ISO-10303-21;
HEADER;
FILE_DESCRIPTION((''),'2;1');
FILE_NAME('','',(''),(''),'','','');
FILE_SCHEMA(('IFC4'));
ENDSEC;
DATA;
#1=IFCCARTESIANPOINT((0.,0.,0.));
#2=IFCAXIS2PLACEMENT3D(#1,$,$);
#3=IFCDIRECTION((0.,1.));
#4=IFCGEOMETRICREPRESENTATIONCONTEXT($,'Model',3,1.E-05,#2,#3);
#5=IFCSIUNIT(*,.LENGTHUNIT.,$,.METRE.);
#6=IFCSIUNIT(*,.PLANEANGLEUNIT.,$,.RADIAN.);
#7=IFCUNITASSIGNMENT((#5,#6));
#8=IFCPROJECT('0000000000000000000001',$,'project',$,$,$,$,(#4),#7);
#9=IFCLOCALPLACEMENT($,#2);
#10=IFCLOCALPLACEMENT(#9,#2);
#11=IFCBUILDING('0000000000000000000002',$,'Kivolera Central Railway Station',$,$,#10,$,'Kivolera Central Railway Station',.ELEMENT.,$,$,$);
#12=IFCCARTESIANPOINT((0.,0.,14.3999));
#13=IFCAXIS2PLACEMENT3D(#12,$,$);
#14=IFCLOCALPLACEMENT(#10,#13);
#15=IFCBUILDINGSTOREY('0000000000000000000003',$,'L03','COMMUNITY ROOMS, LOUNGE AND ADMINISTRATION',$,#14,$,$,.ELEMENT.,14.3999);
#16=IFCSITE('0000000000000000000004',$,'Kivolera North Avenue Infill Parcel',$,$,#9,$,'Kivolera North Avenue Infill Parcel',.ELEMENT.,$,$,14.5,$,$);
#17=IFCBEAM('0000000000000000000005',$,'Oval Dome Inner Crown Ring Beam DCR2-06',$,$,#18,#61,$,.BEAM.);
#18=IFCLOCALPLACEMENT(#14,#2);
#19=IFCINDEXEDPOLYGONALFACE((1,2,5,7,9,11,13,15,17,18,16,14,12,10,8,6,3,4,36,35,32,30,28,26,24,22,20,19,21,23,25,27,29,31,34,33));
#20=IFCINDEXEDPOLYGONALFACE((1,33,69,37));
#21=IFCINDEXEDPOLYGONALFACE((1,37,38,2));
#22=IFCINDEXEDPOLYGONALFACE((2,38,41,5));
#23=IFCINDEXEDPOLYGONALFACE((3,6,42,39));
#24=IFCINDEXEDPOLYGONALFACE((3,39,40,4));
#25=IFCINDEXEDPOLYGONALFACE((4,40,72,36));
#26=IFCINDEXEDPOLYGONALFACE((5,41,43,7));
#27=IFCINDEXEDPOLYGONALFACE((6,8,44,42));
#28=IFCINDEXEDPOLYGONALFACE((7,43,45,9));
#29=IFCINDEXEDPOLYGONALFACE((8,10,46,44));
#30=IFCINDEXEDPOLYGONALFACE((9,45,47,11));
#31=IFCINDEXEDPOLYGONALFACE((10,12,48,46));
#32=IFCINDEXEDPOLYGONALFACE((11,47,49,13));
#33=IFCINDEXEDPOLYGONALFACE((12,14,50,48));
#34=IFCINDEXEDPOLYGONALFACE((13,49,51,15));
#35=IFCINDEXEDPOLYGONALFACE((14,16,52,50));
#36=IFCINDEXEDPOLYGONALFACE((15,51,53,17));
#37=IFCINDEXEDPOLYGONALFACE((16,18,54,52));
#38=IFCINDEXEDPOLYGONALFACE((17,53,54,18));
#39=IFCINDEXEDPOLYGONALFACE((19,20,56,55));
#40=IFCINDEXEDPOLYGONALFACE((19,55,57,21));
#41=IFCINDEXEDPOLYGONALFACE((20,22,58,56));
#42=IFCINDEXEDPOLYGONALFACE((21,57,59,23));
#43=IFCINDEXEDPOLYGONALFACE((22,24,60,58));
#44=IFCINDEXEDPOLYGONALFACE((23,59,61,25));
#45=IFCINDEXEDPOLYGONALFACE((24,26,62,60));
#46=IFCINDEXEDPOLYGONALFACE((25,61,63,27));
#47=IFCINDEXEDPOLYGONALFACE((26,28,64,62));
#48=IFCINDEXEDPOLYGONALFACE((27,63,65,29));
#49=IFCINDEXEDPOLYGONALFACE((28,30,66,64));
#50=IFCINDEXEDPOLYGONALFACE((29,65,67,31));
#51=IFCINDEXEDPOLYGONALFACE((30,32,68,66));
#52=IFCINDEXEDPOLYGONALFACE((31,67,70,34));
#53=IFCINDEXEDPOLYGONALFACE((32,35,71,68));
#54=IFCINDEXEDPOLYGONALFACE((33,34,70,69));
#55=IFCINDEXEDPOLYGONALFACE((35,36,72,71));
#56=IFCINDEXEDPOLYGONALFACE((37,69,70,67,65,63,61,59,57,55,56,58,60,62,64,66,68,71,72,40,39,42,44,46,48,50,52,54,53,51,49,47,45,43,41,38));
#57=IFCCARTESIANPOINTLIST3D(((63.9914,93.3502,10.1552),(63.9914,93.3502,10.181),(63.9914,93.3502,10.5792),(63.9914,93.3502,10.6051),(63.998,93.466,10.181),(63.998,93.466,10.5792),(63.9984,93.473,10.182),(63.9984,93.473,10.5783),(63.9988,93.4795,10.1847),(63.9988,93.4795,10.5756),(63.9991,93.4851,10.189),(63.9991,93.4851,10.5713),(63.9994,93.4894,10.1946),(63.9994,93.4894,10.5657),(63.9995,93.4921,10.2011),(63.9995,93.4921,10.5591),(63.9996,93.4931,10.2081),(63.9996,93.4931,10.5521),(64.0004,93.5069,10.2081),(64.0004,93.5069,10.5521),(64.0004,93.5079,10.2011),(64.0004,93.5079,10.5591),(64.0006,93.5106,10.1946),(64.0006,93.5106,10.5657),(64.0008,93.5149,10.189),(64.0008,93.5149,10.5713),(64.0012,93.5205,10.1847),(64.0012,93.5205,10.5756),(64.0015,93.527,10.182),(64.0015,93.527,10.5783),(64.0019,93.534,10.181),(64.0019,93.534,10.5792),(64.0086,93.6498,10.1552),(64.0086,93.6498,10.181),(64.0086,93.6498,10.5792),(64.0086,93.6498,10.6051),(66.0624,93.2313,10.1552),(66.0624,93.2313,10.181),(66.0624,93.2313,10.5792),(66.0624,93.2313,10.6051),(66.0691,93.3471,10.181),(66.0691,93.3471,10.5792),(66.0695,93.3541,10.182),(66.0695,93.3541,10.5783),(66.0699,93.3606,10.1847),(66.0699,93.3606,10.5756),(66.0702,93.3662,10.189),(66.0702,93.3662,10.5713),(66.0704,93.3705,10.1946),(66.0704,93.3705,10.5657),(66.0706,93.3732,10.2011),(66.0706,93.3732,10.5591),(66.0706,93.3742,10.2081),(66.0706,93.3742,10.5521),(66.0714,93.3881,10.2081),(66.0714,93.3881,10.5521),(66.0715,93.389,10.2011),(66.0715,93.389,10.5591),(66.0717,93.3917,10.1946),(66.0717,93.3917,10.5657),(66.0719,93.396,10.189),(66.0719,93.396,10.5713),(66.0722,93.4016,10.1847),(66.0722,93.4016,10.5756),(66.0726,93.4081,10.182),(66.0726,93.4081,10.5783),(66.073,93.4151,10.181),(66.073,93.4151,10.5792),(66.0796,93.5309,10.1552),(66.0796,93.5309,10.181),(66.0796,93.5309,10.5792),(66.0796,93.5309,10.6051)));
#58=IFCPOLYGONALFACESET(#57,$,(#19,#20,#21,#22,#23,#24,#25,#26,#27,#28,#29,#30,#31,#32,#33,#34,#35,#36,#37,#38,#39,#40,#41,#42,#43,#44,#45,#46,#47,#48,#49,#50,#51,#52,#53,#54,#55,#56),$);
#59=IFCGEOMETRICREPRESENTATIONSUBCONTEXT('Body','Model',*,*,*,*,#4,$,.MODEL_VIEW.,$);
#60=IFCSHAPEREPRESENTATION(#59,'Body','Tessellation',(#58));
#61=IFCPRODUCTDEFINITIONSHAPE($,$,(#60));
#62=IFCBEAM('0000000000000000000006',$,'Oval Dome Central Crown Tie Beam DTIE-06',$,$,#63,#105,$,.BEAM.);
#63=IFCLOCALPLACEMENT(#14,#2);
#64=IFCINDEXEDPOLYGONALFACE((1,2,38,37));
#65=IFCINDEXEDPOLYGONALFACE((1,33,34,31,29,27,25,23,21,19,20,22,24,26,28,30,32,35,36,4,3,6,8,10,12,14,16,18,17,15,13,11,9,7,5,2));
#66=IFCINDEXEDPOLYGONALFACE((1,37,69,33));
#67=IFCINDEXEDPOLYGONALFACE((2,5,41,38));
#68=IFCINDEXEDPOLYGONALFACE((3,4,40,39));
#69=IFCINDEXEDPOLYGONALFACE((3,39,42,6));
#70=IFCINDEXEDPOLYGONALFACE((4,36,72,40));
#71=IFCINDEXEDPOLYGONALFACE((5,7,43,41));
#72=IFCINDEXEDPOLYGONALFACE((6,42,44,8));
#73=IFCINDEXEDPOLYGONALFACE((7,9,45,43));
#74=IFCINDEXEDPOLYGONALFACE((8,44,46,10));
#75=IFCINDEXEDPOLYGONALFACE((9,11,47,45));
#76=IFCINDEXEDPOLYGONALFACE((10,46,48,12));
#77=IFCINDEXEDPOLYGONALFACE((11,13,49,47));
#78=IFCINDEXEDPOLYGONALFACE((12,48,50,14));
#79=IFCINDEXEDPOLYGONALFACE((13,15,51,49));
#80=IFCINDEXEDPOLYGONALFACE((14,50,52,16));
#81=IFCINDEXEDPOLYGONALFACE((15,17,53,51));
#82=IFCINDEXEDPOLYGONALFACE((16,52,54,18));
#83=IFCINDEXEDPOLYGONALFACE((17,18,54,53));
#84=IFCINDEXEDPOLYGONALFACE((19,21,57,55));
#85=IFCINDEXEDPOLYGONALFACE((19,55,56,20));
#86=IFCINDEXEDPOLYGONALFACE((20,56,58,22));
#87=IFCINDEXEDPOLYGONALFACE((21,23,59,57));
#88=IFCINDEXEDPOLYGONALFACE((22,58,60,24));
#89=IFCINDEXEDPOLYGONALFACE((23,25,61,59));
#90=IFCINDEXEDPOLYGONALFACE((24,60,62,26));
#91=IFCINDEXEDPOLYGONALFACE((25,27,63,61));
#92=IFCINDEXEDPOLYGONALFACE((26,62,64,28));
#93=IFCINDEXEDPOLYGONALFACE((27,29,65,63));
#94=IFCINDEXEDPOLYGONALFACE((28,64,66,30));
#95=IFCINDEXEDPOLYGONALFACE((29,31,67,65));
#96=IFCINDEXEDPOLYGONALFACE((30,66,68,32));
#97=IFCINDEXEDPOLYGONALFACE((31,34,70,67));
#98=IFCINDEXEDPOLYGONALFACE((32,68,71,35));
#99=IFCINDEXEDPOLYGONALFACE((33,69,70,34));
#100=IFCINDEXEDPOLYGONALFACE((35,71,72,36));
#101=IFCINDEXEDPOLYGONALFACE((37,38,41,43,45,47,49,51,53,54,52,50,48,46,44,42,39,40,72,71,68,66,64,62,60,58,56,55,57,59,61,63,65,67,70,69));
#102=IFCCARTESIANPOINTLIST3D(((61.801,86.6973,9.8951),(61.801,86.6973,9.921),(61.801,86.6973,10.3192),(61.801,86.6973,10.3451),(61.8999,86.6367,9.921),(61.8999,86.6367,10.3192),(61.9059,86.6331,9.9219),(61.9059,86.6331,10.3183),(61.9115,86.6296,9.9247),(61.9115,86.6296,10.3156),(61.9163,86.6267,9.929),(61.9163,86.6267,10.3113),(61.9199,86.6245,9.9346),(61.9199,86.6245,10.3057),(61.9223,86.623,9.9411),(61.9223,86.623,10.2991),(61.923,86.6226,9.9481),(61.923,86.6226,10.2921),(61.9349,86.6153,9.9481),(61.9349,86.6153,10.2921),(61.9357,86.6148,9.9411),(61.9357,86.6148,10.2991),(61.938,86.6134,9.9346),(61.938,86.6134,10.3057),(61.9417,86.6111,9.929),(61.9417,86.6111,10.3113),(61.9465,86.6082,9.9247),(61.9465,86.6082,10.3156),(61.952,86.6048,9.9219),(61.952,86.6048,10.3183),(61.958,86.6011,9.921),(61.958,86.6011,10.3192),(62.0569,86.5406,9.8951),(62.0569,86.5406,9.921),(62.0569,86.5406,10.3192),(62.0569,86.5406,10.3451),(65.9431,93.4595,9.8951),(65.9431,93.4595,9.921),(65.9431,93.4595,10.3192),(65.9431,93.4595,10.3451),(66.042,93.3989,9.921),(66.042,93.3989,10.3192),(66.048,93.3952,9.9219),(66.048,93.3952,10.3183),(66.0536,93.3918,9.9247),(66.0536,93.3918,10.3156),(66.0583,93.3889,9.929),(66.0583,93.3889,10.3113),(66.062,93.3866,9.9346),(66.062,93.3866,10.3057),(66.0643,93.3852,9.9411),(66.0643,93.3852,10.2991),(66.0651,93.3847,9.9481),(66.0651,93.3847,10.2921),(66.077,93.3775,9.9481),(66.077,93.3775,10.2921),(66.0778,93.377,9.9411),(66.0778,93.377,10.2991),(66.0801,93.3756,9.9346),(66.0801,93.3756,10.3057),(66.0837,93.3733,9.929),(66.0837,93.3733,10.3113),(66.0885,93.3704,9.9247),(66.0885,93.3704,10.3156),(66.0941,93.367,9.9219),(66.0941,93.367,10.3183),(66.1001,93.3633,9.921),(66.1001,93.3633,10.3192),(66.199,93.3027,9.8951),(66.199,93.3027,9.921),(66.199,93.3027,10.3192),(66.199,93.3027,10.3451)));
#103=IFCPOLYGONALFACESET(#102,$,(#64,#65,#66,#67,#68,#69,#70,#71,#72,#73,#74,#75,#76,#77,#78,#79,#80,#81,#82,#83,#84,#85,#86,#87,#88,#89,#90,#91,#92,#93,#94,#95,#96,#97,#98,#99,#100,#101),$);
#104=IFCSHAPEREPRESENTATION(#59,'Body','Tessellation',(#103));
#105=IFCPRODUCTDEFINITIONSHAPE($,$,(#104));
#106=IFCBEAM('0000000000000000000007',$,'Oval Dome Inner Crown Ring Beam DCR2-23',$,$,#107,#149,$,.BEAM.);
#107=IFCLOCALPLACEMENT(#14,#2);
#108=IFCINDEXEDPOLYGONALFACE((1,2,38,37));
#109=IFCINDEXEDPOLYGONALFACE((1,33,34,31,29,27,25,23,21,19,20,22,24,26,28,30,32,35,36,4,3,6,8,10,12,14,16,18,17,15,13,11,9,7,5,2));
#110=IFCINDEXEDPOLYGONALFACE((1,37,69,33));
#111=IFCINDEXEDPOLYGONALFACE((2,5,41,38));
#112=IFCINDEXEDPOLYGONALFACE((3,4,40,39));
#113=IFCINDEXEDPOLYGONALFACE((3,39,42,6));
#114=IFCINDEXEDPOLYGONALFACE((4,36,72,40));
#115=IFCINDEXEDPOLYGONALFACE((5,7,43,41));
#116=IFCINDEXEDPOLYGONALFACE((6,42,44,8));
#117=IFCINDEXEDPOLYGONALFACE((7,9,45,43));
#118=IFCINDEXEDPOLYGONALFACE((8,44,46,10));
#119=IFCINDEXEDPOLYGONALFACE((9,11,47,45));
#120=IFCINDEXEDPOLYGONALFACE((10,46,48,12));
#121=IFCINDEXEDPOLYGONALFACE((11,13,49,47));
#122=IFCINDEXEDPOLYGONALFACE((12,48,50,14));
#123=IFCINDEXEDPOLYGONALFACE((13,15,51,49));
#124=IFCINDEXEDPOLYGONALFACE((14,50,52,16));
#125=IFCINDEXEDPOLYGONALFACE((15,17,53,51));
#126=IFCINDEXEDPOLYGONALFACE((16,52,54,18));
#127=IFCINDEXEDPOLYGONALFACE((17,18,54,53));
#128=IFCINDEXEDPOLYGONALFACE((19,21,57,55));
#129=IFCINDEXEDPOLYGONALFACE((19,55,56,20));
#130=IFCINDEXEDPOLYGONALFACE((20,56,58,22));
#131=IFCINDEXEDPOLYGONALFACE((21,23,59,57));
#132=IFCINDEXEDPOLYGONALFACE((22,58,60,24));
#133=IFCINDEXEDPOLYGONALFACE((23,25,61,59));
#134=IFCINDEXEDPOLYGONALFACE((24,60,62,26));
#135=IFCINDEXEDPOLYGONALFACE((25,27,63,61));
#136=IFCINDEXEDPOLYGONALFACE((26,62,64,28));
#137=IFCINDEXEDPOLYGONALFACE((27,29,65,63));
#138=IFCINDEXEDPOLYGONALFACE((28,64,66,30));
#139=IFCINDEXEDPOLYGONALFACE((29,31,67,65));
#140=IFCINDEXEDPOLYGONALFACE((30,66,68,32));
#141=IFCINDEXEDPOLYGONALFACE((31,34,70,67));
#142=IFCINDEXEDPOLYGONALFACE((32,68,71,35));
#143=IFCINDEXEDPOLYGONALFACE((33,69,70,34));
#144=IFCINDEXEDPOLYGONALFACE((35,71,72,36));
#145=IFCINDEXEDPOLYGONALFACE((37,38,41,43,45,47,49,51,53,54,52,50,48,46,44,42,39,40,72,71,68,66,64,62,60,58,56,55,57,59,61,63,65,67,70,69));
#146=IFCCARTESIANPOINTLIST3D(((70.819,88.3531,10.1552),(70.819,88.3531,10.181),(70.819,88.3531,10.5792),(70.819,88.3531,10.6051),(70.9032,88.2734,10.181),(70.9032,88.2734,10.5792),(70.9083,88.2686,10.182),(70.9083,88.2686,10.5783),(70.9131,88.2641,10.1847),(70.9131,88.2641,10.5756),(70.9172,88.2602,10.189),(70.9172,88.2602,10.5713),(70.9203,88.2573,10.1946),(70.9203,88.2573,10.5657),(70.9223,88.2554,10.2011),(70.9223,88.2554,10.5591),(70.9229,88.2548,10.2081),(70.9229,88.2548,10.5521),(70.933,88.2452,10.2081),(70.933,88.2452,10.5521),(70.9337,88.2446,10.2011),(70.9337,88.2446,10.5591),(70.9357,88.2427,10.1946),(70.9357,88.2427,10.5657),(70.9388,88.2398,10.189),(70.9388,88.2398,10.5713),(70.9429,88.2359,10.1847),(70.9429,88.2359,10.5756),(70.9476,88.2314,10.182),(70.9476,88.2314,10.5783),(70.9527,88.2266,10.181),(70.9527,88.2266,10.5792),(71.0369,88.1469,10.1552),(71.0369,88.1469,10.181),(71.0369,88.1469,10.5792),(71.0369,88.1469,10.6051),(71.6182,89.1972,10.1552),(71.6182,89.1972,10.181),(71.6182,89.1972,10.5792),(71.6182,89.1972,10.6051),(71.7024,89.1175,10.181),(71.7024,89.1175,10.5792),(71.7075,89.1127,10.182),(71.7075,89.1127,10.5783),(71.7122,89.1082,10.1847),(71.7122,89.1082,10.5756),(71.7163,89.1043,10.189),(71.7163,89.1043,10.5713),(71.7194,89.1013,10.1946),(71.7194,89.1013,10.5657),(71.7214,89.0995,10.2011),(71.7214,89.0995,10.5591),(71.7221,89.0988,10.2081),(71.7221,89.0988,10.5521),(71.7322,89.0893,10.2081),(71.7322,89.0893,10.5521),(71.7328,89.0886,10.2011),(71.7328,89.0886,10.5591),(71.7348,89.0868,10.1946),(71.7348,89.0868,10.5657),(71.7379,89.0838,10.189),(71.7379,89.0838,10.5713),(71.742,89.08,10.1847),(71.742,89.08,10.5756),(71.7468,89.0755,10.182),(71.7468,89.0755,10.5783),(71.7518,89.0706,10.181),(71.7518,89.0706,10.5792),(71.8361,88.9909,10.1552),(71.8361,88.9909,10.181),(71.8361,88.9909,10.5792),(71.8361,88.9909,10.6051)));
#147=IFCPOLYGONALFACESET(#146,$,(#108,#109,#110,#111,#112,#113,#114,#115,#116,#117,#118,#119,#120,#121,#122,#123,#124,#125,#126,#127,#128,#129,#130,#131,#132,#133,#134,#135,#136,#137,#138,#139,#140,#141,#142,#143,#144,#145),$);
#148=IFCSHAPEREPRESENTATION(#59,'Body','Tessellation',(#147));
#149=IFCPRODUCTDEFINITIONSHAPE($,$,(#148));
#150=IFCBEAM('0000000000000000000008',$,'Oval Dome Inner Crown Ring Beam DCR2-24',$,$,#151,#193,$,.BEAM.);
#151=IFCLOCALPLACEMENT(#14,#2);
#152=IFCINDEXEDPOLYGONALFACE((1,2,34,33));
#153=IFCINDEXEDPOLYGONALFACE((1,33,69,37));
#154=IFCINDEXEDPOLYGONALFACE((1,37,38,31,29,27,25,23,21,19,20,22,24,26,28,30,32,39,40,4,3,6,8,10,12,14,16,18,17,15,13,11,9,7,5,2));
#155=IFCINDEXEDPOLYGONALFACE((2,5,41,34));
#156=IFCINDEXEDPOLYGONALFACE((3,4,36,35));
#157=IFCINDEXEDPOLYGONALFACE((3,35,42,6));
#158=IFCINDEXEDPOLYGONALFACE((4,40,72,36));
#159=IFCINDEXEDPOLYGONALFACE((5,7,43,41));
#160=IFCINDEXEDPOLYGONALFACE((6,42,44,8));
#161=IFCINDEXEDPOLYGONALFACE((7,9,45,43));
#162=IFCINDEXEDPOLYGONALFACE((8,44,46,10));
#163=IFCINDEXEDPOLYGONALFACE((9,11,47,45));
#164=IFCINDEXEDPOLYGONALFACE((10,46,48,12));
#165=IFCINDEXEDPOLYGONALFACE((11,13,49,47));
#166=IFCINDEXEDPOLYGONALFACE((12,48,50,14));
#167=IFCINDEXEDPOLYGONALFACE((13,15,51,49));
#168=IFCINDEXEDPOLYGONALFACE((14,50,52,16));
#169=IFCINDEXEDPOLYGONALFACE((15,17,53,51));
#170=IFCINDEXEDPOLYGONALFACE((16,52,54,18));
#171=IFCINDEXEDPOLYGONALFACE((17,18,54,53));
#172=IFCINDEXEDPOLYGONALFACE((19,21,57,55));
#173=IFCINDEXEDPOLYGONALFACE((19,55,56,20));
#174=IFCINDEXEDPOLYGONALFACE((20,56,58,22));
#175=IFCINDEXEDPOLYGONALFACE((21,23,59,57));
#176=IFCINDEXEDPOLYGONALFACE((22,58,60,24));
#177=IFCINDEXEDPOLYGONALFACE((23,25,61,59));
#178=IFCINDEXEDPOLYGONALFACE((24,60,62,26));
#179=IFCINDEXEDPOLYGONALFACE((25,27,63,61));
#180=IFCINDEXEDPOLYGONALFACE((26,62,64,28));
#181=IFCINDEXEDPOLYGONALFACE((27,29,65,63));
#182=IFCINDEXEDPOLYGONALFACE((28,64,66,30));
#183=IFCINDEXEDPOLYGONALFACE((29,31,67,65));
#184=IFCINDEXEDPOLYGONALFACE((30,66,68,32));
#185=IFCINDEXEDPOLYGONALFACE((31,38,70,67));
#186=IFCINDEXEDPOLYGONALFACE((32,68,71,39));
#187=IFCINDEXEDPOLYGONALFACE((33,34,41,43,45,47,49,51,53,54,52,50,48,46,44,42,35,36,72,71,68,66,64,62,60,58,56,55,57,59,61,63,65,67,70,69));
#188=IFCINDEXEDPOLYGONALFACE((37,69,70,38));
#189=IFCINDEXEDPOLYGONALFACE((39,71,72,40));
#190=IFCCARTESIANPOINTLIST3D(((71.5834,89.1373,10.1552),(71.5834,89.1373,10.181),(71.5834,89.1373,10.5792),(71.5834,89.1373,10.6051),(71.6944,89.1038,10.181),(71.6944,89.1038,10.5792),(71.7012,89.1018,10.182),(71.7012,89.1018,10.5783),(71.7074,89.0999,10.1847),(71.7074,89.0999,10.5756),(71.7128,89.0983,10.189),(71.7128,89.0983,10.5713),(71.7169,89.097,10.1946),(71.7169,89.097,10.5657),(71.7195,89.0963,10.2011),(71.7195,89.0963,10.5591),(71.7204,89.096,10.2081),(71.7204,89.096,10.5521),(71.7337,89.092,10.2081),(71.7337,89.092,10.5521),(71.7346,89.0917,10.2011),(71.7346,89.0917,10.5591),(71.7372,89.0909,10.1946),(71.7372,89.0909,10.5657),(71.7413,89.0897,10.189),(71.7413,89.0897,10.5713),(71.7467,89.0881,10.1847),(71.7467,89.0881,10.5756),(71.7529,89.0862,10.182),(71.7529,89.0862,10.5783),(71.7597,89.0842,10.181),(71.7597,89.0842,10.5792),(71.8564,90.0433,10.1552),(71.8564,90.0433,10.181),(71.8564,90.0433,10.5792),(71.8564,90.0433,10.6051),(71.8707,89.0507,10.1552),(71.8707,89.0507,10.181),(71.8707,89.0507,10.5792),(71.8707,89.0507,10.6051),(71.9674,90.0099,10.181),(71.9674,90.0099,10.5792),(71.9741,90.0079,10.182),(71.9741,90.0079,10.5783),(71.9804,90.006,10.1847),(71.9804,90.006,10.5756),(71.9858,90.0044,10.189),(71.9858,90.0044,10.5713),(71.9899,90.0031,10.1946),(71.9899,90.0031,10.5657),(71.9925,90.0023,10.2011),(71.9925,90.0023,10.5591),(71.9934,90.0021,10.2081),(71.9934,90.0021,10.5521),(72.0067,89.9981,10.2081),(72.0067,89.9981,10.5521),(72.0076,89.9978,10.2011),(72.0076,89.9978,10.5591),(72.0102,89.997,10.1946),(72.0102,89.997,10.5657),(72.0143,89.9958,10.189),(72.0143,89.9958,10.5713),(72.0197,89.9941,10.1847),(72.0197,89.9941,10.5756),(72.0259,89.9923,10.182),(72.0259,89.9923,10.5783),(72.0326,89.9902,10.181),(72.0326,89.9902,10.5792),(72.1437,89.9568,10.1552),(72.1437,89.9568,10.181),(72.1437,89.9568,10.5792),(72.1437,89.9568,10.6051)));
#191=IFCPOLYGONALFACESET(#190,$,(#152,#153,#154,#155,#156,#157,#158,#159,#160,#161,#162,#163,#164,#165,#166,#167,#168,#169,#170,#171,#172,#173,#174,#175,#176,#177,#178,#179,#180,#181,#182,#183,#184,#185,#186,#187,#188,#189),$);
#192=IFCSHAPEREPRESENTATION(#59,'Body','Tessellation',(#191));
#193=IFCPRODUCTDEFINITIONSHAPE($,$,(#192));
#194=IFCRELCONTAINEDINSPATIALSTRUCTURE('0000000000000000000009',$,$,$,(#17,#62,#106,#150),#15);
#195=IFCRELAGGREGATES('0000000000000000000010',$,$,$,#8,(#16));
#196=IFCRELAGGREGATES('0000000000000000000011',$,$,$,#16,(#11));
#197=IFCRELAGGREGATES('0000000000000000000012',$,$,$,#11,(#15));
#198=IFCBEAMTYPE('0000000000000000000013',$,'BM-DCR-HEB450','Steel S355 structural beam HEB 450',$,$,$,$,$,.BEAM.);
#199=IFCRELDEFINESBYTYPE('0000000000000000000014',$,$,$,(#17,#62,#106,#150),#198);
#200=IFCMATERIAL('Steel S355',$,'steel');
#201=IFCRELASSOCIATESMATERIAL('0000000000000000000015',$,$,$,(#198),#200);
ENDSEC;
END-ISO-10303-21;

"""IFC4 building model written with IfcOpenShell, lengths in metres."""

from ifc_helpers import new_model, si_unit, direction, frame, origin, origin_2d, place, context, subcontext, project, spatial, i_section, extrude, material, material_profile, profile_set, type_object, element, save


model = new_model("IFC4")

# Units and contexts
model_context = context("Model", 3, precision=1e-05, world=origin(), true_north=direction((0.0, 1.0)))
body_context = subcontext(model_context, "Body", "Model", "MODEL_VIEW")
ifc_project = project(units=[si_unit("LENGTHUNIT", "METRE"), si_unit("PLANEANGLEUNIT", "RADIAN")], contexts=[model_context])

# Site, building, storey
site_placement = place(None, origin())
site = spatial("IfcSite", under=ifc_project, at=site_placement, Name="Kivolera North Avenue Infill Parcel", LongName="Kivolera North Avenue Infill Parcel", CompositionType="ELEMENT", RefElevation=14.5)
building_placement = place(site_placement, origin())
building = spatial("IfcBuilding", under=site, at=building_placement, Name="Kivolera Central Railway Station", LongName="Kivolera Central Railway Station", CompositionType="ELEMENT")
storey_placement = place(building_placement, frame((0.0, 0.0, 14.3999)))
storey = spatial("IfcBuildingStorey", under=building, at=storey_placement, Name="L03", Description="COMMUNITY ROOMS, LOUNGE AND ADMINISTRATION", CompositionType="ELEMENT", Elevation=14.3999)

# Beams
ifc_material_1 = material(Name="Steel S355", Category="steel")
ifc_material_profile_1 = material_profile(ifc_material_1, i_section(OverallWidth=0.3, OverallDepth=0.45, WebThickness=0.0139, FlangeThickness=0.0259, FilletRadius=0.0271, at=origin_2d()), Name="HEB 450")
ifc_profile_set_1 = profile_set([ifc_material_profile_1], Name="Steel S355")
beam_type = type_object("IfcBeamType", Name="BM-DCR-HEB450", Description="Steel S355 structural beam HEB 450", PredefinedType="BEAM", material=ifc_profile_set_1)
beam_1_placement = place(storey_placement, frame((66.071, 93.3811, 10.3801), z_axis=(-0.998356, 0.057315, 0.0), x_axis=(-0.057315, -0.998356, 0.0)))
element("IfcBeam", 1, at=beam_1_placement, inside=storey, type_object=beam_type, Name="Oval Dome Inner Crown Ring Beam DCR2-06", PredefinedType="BEAM", context=body_context, shape_type="SweptSolid", body=[
    extrude(i_section(OverallWidth=0.3, OverallDepth=0.45, WebThickness=0.0139, FlangeThickness=0.0259, FilletRadius=0.0271, at=origin_2d()), origin(), (0.0, 0.0, 1.0), 2.0745),
])
beam_2_placement = place(storey_placement, frame((66.071, 93.3811, 10.1201), z_axis=(-0.522334, -0.852741, 0.0), x_axis=(0.852741, -0.522334, 0.0)))
element("IfcBeam", 2, at=beam_2_placement, inside=storey, type_object=beam_type, Name="Oval Dome Central Crown Tie Beam DTIE-06", PredefinedType="BEAM", context=body_context, shape_type="SweptSolid", body=[
    extrude(i_section(OverallWidth=0.3, OverallDepth=0.45, WebThickness=0.0139, FlangeThickness=0.0259, FilletRadius=0.0271, at=origin_2d()), origin(), (0.0, 0.0, 1.0), 7.9299),
])
beam_3_placement = place(storey_placement, frame((70.928, 88.25, 10.3801), z_axis=(0.687517, 0.726168, 0.0), x_axis=(-0.726168, 0.687517, 0.0)))
element("IfcBeam", 3, at=beam_3_placement, inside=storey, type_object=beam_type, Name="Oval Dome Inner Crown Ring Beam DCR2-23", PredefinedType="BEAM", context=body_context, shape_type="SweptSolid", body=[
    extrude(i_section(OverallWidth=0.3, OverallDepth=0.45, WebThickness=0.0139, FlangeThickness=0.0259, FilletRadius=0.0271, at=origin_2d()), origin(), (0.0, 0.0, 1.0), 1.1624),
])
beam_4_placement = place(storey_placement, frame((71.7271, 89.094, 10.3801), z_axis=(0.28846, 0.957492, 0.0), x_axis=(-0.957492, 0.28846, 0.0)))
element("IfcBeam", 4, at=beam_4_placement, inside=storey, type_object=beam_type, Name="Oval Dome Inner Crown Ring Beam DCR2-24", PredefinedType="BEAM", context=body_context, shape_type="SweptSolid", body=[
    extrude(i_section(OverallWidth=0.3, OverallDepth=0.45, WebThickness=0.0139, FlangeThickness=0.0259, FilletRadius=0.0271, at=origin_2d()), origin(), (0.0, 0.0, 1.0), 0.9463),
])

save(model, "model.ifc")
